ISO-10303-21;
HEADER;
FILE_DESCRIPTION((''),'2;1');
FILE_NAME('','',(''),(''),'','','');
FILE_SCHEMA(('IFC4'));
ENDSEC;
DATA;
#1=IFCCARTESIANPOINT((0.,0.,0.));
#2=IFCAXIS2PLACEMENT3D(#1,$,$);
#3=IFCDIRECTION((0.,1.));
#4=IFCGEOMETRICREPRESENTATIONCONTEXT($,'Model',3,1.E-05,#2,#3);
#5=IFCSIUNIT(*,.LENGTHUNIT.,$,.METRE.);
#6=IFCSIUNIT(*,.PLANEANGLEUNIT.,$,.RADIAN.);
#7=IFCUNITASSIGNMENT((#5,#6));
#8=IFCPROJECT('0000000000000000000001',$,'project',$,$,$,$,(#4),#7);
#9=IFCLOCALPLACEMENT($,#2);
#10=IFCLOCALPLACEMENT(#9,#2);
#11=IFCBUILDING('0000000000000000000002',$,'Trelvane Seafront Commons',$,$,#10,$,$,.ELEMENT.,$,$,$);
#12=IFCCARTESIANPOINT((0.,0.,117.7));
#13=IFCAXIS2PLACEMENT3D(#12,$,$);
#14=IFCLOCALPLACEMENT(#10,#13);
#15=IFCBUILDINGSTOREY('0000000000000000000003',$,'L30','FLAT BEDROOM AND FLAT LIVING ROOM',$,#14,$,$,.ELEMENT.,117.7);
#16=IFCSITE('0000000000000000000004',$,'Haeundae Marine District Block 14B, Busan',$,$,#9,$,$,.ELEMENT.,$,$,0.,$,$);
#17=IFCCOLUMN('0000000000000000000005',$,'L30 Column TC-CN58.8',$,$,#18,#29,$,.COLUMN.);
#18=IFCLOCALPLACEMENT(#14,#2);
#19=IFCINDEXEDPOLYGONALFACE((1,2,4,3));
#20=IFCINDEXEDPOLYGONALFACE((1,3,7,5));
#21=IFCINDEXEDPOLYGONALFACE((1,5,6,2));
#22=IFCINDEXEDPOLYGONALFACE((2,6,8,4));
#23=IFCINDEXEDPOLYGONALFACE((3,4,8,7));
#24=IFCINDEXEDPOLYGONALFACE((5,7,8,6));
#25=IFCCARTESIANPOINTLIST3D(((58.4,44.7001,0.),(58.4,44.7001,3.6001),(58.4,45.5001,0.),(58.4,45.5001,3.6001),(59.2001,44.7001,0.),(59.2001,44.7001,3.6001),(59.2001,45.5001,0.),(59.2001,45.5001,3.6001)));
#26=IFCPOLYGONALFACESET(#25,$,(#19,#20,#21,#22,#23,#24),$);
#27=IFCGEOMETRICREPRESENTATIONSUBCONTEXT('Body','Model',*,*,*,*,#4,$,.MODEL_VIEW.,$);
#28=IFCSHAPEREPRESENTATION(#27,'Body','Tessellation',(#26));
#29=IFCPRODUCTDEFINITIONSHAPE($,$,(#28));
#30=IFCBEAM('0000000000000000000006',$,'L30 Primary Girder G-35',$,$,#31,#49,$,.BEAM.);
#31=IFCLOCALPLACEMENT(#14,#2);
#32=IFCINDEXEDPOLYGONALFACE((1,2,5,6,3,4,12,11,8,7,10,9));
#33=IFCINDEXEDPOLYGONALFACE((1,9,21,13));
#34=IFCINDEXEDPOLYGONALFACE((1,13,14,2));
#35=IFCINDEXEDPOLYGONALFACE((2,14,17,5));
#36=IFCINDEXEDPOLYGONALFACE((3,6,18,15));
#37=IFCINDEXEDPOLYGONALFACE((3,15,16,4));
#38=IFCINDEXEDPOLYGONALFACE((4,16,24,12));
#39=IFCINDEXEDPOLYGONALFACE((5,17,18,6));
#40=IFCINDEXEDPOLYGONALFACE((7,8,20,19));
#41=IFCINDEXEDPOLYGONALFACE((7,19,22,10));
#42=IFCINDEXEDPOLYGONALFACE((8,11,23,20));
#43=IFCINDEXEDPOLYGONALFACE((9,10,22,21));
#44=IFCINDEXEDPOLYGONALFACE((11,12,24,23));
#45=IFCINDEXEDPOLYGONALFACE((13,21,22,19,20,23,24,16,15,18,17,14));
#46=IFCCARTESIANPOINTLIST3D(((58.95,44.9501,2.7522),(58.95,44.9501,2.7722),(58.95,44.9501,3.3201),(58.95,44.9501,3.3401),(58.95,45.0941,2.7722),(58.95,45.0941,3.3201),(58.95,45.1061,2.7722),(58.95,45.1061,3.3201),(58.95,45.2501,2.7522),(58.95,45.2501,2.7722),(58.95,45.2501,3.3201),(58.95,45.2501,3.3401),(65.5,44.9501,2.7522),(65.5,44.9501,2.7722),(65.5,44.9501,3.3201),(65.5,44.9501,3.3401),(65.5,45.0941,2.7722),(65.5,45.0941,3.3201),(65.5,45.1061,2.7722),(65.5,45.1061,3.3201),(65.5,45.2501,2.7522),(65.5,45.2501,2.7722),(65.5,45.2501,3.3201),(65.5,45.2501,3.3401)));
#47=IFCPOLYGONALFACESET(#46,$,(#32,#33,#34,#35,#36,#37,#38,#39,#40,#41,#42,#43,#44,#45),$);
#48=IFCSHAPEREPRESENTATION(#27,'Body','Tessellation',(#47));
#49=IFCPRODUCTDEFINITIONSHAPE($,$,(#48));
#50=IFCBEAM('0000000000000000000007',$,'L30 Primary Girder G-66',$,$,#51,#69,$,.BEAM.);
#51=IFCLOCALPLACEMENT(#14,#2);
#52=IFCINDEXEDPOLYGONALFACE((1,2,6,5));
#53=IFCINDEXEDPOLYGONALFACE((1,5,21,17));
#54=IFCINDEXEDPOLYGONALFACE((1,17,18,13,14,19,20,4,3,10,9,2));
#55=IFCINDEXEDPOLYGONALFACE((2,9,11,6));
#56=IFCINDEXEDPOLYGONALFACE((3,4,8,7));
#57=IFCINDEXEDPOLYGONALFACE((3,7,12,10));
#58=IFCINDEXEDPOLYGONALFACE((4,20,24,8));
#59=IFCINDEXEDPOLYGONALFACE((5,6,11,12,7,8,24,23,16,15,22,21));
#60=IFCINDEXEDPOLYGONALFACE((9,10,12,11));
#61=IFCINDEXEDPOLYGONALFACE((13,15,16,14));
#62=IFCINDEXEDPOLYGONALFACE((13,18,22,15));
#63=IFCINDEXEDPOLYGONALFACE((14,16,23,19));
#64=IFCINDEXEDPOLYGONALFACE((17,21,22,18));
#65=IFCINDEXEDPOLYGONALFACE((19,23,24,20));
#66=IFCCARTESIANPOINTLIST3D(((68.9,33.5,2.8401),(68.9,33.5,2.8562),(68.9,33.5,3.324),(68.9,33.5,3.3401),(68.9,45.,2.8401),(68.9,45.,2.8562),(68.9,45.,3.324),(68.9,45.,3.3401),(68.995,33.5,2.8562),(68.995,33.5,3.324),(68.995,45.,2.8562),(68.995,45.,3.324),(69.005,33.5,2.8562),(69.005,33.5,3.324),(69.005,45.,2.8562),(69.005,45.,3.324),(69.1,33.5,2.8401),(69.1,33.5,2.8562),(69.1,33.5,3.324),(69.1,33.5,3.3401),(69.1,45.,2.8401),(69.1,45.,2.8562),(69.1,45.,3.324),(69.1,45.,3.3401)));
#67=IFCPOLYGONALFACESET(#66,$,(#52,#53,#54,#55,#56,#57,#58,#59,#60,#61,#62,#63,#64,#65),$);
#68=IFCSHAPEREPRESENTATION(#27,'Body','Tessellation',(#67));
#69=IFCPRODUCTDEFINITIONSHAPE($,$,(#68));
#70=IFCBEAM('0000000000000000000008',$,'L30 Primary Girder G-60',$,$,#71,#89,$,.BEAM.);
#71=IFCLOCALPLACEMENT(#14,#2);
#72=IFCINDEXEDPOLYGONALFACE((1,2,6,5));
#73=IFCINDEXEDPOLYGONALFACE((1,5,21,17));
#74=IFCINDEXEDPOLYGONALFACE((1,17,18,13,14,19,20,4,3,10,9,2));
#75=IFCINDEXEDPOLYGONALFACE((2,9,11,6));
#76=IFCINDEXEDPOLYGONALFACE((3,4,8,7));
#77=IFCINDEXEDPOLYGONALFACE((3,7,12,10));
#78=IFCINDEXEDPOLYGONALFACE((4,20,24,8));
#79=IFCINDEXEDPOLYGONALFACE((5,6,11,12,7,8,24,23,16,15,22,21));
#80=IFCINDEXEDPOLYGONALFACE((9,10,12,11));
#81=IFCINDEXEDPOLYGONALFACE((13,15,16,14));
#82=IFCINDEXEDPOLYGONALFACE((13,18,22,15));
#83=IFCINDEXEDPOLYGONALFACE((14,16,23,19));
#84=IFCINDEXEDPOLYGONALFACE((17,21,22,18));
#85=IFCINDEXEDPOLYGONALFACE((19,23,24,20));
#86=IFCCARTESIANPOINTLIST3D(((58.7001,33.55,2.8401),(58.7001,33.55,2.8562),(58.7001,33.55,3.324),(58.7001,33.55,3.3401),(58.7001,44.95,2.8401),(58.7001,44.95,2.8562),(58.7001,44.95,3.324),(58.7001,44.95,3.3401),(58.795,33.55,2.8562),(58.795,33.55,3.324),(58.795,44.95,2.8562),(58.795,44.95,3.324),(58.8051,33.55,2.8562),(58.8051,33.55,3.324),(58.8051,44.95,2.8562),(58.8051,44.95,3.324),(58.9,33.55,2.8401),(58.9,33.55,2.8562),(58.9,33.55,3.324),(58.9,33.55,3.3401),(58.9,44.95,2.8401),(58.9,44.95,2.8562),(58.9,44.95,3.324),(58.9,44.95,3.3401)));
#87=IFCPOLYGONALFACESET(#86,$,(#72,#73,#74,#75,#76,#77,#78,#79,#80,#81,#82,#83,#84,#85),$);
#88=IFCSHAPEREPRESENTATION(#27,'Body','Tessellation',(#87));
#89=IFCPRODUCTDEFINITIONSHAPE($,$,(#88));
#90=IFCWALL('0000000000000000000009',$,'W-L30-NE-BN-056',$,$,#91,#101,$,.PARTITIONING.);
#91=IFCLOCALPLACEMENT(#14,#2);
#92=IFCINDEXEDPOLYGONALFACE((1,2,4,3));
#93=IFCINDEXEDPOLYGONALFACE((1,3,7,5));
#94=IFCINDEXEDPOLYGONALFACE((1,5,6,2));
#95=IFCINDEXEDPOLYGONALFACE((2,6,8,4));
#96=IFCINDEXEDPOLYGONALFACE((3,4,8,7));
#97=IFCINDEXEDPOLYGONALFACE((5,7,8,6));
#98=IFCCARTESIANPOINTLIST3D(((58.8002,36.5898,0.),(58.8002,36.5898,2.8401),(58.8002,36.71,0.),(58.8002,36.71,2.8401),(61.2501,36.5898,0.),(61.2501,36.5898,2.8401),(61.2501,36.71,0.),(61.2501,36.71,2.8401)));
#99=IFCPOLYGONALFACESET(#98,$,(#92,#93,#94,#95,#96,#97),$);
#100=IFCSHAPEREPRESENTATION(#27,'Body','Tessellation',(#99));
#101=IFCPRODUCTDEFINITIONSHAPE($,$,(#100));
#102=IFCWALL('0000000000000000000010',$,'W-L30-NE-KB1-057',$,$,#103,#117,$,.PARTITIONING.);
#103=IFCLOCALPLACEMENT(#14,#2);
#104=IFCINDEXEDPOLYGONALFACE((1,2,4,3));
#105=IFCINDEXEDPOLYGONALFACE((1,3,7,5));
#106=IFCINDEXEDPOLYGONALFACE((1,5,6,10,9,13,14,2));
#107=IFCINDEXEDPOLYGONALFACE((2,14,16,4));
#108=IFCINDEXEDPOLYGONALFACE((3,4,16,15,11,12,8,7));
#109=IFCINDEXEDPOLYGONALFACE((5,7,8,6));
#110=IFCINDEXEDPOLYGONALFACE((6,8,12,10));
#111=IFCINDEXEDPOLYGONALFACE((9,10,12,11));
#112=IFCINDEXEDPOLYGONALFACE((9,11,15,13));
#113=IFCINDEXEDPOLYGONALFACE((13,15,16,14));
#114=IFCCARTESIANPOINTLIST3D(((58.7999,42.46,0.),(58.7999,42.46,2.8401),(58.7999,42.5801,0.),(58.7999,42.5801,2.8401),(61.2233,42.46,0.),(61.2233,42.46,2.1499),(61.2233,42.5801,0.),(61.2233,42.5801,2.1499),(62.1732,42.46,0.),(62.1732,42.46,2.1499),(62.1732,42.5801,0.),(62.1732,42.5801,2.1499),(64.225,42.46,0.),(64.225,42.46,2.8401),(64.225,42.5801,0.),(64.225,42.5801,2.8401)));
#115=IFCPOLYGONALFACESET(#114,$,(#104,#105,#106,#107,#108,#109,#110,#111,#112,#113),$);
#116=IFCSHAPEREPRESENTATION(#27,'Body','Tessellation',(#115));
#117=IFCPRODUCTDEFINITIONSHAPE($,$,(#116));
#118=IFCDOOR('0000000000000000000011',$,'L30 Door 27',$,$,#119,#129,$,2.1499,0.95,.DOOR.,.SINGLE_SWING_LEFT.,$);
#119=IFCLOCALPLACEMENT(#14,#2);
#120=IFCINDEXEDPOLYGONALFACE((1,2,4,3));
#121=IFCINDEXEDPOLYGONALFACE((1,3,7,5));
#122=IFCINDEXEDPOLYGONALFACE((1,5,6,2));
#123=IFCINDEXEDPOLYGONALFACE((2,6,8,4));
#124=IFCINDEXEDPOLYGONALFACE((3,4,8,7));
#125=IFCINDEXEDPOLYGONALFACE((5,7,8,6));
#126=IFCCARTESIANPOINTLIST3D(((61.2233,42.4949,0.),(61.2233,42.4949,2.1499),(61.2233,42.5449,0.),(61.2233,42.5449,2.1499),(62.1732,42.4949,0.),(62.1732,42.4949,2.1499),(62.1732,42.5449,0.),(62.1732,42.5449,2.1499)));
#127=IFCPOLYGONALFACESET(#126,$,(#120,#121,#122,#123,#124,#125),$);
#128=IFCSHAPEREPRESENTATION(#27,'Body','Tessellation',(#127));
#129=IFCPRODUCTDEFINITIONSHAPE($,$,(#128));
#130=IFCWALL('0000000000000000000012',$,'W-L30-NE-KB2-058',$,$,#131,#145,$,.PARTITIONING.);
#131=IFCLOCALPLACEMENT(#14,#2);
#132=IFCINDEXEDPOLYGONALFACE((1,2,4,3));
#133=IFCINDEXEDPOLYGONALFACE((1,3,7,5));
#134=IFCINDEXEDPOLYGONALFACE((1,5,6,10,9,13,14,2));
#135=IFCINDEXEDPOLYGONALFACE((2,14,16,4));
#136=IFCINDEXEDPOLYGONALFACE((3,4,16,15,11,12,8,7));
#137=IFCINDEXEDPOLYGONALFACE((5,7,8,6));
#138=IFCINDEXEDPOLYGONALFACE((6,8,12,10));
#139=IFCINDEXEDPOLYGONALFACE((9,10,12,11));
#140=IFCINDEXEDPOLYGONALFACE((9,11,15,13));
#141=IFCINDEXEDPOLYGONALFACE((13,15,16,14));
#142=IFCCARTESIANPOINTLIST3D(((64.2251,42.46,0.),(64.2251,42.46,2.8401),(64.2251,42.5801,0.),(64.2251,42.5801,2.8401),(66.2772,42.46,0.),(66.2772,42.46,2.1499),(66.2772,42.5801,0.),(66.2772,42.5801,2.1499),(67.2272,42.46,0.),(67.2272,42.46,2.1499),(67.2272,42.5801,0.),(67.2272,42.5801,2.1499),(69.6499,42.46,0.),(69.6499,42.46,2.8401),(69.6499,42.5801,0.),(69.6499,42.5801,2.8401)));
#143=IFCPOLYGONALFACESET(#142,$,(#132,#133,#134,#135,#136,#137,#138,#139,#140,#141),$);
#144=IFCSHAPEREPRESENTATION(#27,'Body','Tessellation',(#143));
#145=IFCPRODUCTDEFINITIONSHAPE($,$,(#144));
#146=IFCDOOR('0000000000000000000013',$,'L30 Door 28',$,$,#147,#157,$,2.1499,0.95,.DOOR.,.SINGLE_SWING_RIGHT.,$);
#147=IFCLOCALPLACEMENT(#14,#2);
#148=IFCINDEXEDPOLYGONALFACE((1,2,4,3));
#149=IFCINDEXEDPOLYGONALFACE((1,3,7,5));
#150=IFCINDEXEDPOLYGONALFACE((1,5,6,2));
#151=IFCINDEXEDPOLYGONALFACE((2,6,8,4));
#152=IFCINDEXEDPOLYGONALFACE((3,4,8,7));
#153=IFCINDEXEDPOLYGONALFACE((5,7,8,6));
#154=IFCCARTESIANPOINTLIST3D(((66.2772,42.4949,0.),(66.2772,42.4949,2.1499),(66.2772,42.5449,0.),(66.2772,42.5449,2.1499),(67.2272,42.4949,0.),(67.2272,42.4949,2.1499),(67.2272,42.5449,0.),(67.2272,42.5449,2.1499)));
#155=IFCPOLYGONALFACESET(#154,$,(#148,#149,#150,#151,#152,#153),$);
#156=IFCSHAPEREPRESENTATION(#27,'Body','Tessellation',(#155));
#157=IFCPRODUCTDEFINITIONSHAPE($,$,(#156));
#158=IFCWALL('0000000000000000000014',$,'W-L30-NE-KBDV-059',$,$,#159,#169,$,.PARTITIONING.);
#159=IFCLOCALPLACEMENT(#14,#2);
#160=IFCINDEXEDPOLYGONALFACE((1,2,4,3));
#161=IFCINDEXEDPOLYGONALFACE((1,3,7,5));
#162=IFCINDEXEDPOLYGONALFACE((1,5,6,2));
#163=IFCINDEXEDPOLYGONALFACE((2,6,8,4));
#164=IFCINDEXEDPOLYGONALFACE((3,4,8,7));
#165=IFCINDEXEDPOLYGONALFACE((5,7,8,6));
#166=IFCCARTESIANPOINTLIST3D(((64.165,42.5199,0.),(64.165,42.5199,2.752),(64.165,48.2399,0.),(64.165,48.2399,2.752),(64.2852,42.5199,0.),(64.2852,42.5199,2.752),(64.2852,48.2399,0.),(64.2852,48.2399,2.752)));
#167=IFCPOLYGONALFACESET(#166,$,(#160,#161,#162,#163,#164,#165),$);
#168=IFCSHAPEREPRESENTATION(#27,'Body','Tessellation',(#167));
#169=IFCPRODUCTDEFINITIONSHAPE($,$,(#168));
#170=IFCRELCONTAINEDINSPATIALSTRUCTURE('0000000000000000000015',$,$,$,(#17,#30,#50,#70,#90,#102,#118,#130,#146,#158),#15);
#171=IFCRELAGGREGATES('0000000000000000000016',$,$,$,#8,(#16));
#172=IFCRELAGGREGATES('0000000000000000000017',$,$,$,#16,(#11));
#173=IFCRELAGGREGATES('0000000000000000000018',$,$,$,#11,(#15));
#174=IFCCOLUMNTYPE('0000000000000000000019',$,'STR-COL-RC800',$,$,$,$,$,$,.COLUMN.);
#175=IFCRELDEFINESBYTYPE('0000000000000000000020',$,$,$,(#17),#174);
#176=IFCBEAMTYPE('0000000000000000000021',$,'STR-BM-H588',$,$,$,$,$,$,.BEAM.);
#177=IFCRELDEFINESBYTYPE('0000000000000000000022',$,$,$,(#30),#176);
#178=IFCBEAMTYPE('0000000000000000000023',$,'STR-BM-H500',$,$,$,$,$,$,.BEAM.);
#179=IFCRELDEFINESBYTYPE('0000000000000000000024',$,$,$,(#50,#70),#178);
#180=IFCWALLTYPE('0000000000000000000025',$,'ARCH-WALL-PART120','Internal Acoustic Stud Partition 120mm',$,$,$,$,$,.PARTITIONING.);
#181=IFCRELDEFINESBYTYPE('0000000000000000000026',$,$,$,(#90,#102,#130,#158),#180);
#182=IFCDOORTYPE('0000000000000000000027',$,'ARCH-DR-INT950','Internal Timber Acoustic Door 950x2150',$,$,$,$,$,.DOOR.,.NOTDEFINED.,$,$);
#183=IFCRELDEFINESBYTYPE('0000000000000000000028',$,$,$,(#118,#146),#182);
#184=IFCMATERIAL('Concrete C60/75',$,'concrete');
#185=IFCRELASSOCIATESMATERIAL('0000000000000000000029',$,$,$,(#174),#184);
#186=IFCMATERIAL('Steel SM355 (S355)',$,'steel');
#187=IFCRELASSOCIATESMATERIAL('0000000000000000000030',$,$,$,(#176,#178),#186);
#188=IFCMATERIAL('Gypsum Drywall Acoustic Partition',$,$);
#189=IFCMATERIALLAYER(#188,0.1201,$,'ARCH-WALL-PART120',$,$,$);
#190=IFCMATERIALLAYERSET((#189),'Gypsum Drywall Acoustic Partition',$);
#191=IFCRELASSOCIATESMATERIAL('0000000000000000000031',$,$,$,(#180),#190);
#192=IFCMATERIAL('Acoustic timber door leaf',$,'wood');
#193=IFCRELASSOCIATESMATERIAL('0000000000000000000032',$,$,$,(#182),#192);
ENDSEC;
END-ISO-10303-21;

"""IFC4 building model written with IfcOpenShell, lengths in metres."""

from ifc_helpers import new_model, si_unit, direction, frame, frame_2d, origin, origin_2d, place, context, subcontext, project, spatial, rectangle, i_section, extrude, source, transform, mapped, material, layer, layer_set, material_profile, profile_set, type_object, element, fill, save


model = new_model("IFC4")

# Units and contexts
model_context = context("Model", 3, precision=1e-05, world=origin(), true_north=direction((0.0, 1.0)))
body_context = subcontext(model_context, "Body", "Model", "MODEL_VIEW")
ifc_project = project(units=[si_unit("LENGTHUNIT", "METRE"), si_unit("PLANEANGLEUNIT", "RADIAN")], contexts=[model_context])

# Site, building, storey
site_placement = place(None, origin())
site = spatial("IfcSite", under=ifc_project, at=site_placement, Name="Haeundae Marine District Block 14B, Busan", CompositionType="ELEMENT", RefElevation=0.0)
building_placement = place(site_placement, origin())
building = spatial("IfcBuilding", under=site, at=building_placement, Name="Trelvane Seafront Commons", CompositionType="ELEMENT")
storey_placement = place(building_placement, frame((0.0, 0.0, 117.7)))
storey = spatial("IfcBuildingStorey", under=building, at=storey_placement, Name="L30", Description="FLAT BEDROOM AND FLAT LIVING ROOM", CompositionType="ELEMENT", Elevation=117.7)

# Column
ifc_material_1 = material(Name="Concrete C60/75", Category="concrete")
ifc_material_profile_1 = material_profile(ifc_material_1, rectangle(XDim=0.8, YDim=0.8, at=origin_2d()), Name="RC-800x800")
ifc_profile_set_1 = profile_set([ifc_material_profile_1], Name="Concrete C60/75")
column_type = type_object("IfcColumnType", Name="STR-COL-RC800", PredefinedType="COLUMN", material=ifc_profile_set_1)
shared_shape_1 = source(origin(), body_context, "Body", "SweptSolid", [
    extrude(rectangle(XDim=0.8, YDim=0.8, at=origin_2d()), origin(), (0.0, 0.0, 1.0), 3.6001),
])
column_placement = place(storey_placement, frame((58.8, 45.1001, 0.0), z_axis=(0.0, 0.0, 1.0), x_axis=(1.0, 0.0, 0.0)))
element("IfcColumn", 1, at=column_placement, inside=storey, type_object=column_type, Name="L30 Column TC-CN58.8", PredefinedType="COLUMN", context=body_context, shape_type="MappedRepresentation", body=[
    mapped(shared_shape_1, transform((0.0, 0.0, 0.0), x_axis=(1.0, 0.0, 0.0), y_axis=(0.0, 1.0, 0.0), z_axis=(0.0, 0.0, 1.0), scale=1.0)),
])

# Beams
ifc_material_2 = material(Name="Steel SM355 (S355)", Category="steel")
ifc_material_profile_2 = material_profile(ifc_material_2, i_section(OverallWidth=0.3, OverallDepth=0.5879, WebThickness=0.012, FlangeThickness=0.02, at=origin_2d()), Name="H-588x300x12x20")
ifc_profile_set_2 = profile_set([ifc_material_profile_2], Name="Steel SM355 (S355)")
beam_type_1 = type_object("IfcBeamType", Name="STR-BM-H588", PredefinedType="BEAM", material=ifc_profile_set_2)
shared_shape_2 = source(origin(), body_context, "Body", "SweptSolid", [
    extrude(i_section(OverallWidth=0.3, OverallDepth=0.5879, WebThickness=0.012, FlangeThickness=0.02, at=origin_2d()), origin(), (0.0, 0.0, 1.0), 6.55),
])
beam_1_placement = place(storey_placement, frame((58.95, 45.1001, 3.0461), z_axis=(1.0, 0.0, 0.0), x_axis=(0.0, 1.0, 0.0)))
element("IfcBeam", 2, at=beam_1_placement, inside=storey, type_object=beam_type_1, Name="L30 Primary Girder G-35", PredefinedType="BEAM", context=body_context, shape_type="MappedRepresentation", body=[
    mapped(shared_shape_2, transform((0.0, 0.0, 0.0), x_axis=(1.0, 0.0, 0.0), y_axis=(0.0, 1.0, 0.0), z_axis=(0.0, 0.0, 1.0), scale=1.0)),
])
ifc_material_profile_3 = material_profile(ifc_material_2, i_section(OverallWidth=0.2, OverallDepth=0.5, WebThickness=0.01, FlangeThickness=0.0161, at=origin_2d()), Name="H-500x200x10x16")
ifc_profile_set_3 = profile_set([ifc_material_profile_3], Name="Steel SM355 (S355)")
beam_type_2 = type_object("IfcBeamType", Name="STR-BM-H500", PredefinedType="BEAM", material=ifc_profile_set_3)
shared_shape_3 = source(origin(), body_context, "Body", "SweptSolid", [
    extrude(i_section(OverallWidth=0.2, OverallDepth=0.5, WebThickness=0.01, FlangeThickness=0.0161, at=origin_2d()), origin(), (0.0, 0.0, 1.0), 11.5),
])
beam_2_placement = place(storey_placement, frame((69.0, 33.5, 3.0901), z_axis=(0.0, 1.0, 0.0), x_axis=(-1.0, 0.0, 0.0)))
element("IfcBeam", 3, at=beam_2_placement, inside=storey, type_object=beam_type_2, Name="L30 Primary Girder G-66", PredefinedType="BEAM", context=body_context, shape_type="MappedRepresentation", body=[
    mapped(shared_shape_3, transform((0.0, 0.0, 0.0), x_axis=(1.0, 0.0, 0.0), y_axis=(0.0, 1.0, 0.0), z_axis=(0.0, 0.0, 1.0), scale=1.0)),
])
shared_shape_4 = source(origin(), body_context, "Body", "SweptSolid", [
    extrude(i_section(OverallWidth=0.2, OverallDepth=0.5, WebThickness=0.01, FlangeThickness=0.0161, at=origin_2d()), origin(), (0.0, 0.0, 1.0), 11.3999),
])
beam_3_placement = place(storey_placement, frame((58.8, 33.55, 3.0901), z_axis=(0.0, 1.0, 0.0), x_axis=(-1.0, 0.0, 0.0)))
element("IfcBeam", 4, at=beam_3_placement, inside=storey, type_object=beam_type_2, Name="L30 Primary Girder G-60", PredefinedType="BEAM", context=body_context, shape_type="MappedRepresentation", body=[
    mapped(shared_shape_4, transform((0.0, 0.0, 0.0), x_axis=(1.0, 0.0, 0.0), y_axis=(0.0, 1.0, 0.0), z_axis=(0.0, 0.0, 1.0), scale=1.0)),
])

# Wall
ifc_material_3 = material(Name="Gypsum Drywall Acoustic Partition")
ifc_layer_1 = layer(ifc_material_3, 0.1201, Name="ARCH-WALL-PART120")
ifc_layer_set_1 = layer_set([ifc_layer_1], Name="Gypsum Drywall Acoustic Partition")
wall_type_1 = type_object("IfcWallType", Name="ARCH-WALL-PART120", Description="Internal Acoustic Stud Partition 120mm", PredefinedType="PARTITIONING", material=ifc_layer_set_1)
wall_1_placement = place(storey_placement, frame((58.8, 36.6499, 0.0), z_axis=(0.0, 0.0, 1.0), x_axis=(1.0, 0.0, 0.0)))
element("IfcWall", 5, at=wall_1_placement, inside=storey, type_object=wall_type_1, Name="W-L30-NE-BN-056", PredefinedType="PARTITIONING", context=body_context, shape_type="SweptSolid", body=[
    extrude(rectangle(XDim=2.45, YDim=0.1201, at=frame_2d((1.2251, 0.0))), origin(), (0.0, 0.0, 1.0), 2.8401),
])

# Walls, openings, doors
wall_2_placement = place(storey_placement, frame((58.8, 42.52, 0.0), z_axis=(0.0, 0.0, 1.0), x_axis=(1.0, 0.0, 0.0)))
wall_2 = element("IfcWall", 6, at=wall_2_placement, inside=storey, type_object=wall_type_1, Name="W-L30-NE-KB1-057", PredefinedType="PARTITIONING", context=body_context, shape_type="SweptSolid", body=[
    extrude(rectangle(XDim=5.425, YDim=0.1201, at=frame_2d((2.7124, 0.0))), origin(), (0.0, 0.0, 1.0), 2.8401),
])
opening_1_placement = place(wall_2_placement, frame((2.4231, 0.0, 0.0)))
opening_1 = element("IfcOpeningElement", 7, at=opening_1_placement, cuts=wall_2, PredefinedType="OPENING", context=body_context, shape_type="SweptSolid", body=[
    extrude(rectangle(XDim=0.95, YDim=2.1499, at=frame_2d((0.4751, 1.075))), frame((0.0, 0.0701, 0.0), z_axis=(0.0, -1.0, 0.0), x_axis=(1.0, 0.0, 0.0)), (0.0, 0.0, 1.0), 0.1401),
])
ifc_material_4 = material(Name="Acoustic timber door leaf", Category="wood")
door_type_1 = type_object("IfcDoorType", Name="ARCH-DR-INT950", Description="Internal Timber Acoustic Door 950x2150", OperationType="NOTDEFINED", PredefinedType="DOOR", material=ifc_material_4)
shared_shape_5 = source(origin(), body_context, "Body", "SweptSolid", [
    extrude(rectangle(XDim=0.95, YDim=2.1499, at=frame_2d((0.4751, 1.075))), frame((0.0, 0.0249, 0.0), z_axis=(0.0, -1.0, 0.0), x_axis=(1.0, 0.0, 0.0)), (0.0, 0.0, 1.0), 0.05),
])
door_1_placement = place(opening_1_placement, origin())
door_1 = element("IfcDoor", 8, at=door_1_placement, inside=storey, type_object=door_type_1, Name="L30 Door 27", OperationType="SINGLE_SWING_LEFT", OverallHeight=2.1499, OverallWidth=0.95, PredefinedType="DOOR", context=body_context, shape_type="MappedRepresentation", body=[
    mapped(shared_shape_5, transform((0.0, 0.0, 0.0), x_axis=(1.0, 0.0, 0.0), y_axis=(0.0, 1.0, 0.0), z_axis=(0.0, 0.0, 1.0), scale=1.0)),
])
fill(opening_1, door_1)
wall_3_placement = place(storey_placement, frame((64.2251, 42.52, 0.0), z_axis=(0.0, 0.0, 1.0), x_axis=(1.0, 0.0, 0.0)))
wall_3 = element("IfcWall", 9, at=wall_3_placement, inside=storey, type_object=wall_type_1, Name="W-L30-NE-KB2-058", PredefinedType="PARTITIONING", context=body_context, shape_type="SweptSolid", body=[
    extrude(rectangle(XDim=5.4248, YDim=0.1201, at=frame_2d((2.7124, 0.0))), origin(), (0.0, 0.0, 1.0), 2.8401),
])
opening_2_placement = place(wall_3_placement, frame((2.052, 0.0, 0.0)))
opening_2 = element("IfcOpeningElement", 10, at=opening_2_placement, cuts=wall_3, PredefinedType="OPENING", context=body_context, shape_type="SweptSolid", body=[
    extrude(rectangle(XDim=0.95, YDim=2.1499, at=frame_2d((0.4751, 1.075))), frame((0.0, 0.0701, 0.0), z_axis=(0.0, -1.0, 0.0), x_axis=(1.0, 0.0, 0.0)), (0.0, 0.0, 1.0), 0.1401),
])
door_2_placement = place(opening_2_placement, origin())
door_2 = element("IfcDoor", 11, at=door_2_placement, inside=storey, type_object=door_type_1, Name="L30 Door 28", OperationType="SINGLE_SWING_RIGHT", OverallHeight=2.1499, OverallWidth=0.95, PredefinedType="DOOR", context=body_context, shape_type="MappedRepresentation", body=[
    mapped(shared_shape_5, transform((0.0, 0.0, 0.0), x_axis=(1.0, 0.0, 0.0), y_axis=(0.0, 1.0, 0.0), z_axis=(0.0, 0.0, 1.0), scale=1.0)),
])
fill(opening_2, door_2)

# Wall
wall_4_placement = place(storey_placement, frame((64.2251, 42.52, 0.0), z_axis=(0.0, 0.0, 1.0), x_axis=(0.0, 1.0, 0.0)))
element("IfcWall", 12, at=wall_4_placement, inside=storey, type_object=wall_type_1, Name="W-L30-NE-KBDV-059", PredefinedType="PARTITIONING", context=body_context, shape_type="SweptSolid", body=[
    extrude(rectangle(XDim=5.72, YDim=0.1201, at=frame_2d((2.8599, 0.0))), origin(), (0.0, 0.0, 1.0), 2.752),
])

save(model, "model.ifc")
